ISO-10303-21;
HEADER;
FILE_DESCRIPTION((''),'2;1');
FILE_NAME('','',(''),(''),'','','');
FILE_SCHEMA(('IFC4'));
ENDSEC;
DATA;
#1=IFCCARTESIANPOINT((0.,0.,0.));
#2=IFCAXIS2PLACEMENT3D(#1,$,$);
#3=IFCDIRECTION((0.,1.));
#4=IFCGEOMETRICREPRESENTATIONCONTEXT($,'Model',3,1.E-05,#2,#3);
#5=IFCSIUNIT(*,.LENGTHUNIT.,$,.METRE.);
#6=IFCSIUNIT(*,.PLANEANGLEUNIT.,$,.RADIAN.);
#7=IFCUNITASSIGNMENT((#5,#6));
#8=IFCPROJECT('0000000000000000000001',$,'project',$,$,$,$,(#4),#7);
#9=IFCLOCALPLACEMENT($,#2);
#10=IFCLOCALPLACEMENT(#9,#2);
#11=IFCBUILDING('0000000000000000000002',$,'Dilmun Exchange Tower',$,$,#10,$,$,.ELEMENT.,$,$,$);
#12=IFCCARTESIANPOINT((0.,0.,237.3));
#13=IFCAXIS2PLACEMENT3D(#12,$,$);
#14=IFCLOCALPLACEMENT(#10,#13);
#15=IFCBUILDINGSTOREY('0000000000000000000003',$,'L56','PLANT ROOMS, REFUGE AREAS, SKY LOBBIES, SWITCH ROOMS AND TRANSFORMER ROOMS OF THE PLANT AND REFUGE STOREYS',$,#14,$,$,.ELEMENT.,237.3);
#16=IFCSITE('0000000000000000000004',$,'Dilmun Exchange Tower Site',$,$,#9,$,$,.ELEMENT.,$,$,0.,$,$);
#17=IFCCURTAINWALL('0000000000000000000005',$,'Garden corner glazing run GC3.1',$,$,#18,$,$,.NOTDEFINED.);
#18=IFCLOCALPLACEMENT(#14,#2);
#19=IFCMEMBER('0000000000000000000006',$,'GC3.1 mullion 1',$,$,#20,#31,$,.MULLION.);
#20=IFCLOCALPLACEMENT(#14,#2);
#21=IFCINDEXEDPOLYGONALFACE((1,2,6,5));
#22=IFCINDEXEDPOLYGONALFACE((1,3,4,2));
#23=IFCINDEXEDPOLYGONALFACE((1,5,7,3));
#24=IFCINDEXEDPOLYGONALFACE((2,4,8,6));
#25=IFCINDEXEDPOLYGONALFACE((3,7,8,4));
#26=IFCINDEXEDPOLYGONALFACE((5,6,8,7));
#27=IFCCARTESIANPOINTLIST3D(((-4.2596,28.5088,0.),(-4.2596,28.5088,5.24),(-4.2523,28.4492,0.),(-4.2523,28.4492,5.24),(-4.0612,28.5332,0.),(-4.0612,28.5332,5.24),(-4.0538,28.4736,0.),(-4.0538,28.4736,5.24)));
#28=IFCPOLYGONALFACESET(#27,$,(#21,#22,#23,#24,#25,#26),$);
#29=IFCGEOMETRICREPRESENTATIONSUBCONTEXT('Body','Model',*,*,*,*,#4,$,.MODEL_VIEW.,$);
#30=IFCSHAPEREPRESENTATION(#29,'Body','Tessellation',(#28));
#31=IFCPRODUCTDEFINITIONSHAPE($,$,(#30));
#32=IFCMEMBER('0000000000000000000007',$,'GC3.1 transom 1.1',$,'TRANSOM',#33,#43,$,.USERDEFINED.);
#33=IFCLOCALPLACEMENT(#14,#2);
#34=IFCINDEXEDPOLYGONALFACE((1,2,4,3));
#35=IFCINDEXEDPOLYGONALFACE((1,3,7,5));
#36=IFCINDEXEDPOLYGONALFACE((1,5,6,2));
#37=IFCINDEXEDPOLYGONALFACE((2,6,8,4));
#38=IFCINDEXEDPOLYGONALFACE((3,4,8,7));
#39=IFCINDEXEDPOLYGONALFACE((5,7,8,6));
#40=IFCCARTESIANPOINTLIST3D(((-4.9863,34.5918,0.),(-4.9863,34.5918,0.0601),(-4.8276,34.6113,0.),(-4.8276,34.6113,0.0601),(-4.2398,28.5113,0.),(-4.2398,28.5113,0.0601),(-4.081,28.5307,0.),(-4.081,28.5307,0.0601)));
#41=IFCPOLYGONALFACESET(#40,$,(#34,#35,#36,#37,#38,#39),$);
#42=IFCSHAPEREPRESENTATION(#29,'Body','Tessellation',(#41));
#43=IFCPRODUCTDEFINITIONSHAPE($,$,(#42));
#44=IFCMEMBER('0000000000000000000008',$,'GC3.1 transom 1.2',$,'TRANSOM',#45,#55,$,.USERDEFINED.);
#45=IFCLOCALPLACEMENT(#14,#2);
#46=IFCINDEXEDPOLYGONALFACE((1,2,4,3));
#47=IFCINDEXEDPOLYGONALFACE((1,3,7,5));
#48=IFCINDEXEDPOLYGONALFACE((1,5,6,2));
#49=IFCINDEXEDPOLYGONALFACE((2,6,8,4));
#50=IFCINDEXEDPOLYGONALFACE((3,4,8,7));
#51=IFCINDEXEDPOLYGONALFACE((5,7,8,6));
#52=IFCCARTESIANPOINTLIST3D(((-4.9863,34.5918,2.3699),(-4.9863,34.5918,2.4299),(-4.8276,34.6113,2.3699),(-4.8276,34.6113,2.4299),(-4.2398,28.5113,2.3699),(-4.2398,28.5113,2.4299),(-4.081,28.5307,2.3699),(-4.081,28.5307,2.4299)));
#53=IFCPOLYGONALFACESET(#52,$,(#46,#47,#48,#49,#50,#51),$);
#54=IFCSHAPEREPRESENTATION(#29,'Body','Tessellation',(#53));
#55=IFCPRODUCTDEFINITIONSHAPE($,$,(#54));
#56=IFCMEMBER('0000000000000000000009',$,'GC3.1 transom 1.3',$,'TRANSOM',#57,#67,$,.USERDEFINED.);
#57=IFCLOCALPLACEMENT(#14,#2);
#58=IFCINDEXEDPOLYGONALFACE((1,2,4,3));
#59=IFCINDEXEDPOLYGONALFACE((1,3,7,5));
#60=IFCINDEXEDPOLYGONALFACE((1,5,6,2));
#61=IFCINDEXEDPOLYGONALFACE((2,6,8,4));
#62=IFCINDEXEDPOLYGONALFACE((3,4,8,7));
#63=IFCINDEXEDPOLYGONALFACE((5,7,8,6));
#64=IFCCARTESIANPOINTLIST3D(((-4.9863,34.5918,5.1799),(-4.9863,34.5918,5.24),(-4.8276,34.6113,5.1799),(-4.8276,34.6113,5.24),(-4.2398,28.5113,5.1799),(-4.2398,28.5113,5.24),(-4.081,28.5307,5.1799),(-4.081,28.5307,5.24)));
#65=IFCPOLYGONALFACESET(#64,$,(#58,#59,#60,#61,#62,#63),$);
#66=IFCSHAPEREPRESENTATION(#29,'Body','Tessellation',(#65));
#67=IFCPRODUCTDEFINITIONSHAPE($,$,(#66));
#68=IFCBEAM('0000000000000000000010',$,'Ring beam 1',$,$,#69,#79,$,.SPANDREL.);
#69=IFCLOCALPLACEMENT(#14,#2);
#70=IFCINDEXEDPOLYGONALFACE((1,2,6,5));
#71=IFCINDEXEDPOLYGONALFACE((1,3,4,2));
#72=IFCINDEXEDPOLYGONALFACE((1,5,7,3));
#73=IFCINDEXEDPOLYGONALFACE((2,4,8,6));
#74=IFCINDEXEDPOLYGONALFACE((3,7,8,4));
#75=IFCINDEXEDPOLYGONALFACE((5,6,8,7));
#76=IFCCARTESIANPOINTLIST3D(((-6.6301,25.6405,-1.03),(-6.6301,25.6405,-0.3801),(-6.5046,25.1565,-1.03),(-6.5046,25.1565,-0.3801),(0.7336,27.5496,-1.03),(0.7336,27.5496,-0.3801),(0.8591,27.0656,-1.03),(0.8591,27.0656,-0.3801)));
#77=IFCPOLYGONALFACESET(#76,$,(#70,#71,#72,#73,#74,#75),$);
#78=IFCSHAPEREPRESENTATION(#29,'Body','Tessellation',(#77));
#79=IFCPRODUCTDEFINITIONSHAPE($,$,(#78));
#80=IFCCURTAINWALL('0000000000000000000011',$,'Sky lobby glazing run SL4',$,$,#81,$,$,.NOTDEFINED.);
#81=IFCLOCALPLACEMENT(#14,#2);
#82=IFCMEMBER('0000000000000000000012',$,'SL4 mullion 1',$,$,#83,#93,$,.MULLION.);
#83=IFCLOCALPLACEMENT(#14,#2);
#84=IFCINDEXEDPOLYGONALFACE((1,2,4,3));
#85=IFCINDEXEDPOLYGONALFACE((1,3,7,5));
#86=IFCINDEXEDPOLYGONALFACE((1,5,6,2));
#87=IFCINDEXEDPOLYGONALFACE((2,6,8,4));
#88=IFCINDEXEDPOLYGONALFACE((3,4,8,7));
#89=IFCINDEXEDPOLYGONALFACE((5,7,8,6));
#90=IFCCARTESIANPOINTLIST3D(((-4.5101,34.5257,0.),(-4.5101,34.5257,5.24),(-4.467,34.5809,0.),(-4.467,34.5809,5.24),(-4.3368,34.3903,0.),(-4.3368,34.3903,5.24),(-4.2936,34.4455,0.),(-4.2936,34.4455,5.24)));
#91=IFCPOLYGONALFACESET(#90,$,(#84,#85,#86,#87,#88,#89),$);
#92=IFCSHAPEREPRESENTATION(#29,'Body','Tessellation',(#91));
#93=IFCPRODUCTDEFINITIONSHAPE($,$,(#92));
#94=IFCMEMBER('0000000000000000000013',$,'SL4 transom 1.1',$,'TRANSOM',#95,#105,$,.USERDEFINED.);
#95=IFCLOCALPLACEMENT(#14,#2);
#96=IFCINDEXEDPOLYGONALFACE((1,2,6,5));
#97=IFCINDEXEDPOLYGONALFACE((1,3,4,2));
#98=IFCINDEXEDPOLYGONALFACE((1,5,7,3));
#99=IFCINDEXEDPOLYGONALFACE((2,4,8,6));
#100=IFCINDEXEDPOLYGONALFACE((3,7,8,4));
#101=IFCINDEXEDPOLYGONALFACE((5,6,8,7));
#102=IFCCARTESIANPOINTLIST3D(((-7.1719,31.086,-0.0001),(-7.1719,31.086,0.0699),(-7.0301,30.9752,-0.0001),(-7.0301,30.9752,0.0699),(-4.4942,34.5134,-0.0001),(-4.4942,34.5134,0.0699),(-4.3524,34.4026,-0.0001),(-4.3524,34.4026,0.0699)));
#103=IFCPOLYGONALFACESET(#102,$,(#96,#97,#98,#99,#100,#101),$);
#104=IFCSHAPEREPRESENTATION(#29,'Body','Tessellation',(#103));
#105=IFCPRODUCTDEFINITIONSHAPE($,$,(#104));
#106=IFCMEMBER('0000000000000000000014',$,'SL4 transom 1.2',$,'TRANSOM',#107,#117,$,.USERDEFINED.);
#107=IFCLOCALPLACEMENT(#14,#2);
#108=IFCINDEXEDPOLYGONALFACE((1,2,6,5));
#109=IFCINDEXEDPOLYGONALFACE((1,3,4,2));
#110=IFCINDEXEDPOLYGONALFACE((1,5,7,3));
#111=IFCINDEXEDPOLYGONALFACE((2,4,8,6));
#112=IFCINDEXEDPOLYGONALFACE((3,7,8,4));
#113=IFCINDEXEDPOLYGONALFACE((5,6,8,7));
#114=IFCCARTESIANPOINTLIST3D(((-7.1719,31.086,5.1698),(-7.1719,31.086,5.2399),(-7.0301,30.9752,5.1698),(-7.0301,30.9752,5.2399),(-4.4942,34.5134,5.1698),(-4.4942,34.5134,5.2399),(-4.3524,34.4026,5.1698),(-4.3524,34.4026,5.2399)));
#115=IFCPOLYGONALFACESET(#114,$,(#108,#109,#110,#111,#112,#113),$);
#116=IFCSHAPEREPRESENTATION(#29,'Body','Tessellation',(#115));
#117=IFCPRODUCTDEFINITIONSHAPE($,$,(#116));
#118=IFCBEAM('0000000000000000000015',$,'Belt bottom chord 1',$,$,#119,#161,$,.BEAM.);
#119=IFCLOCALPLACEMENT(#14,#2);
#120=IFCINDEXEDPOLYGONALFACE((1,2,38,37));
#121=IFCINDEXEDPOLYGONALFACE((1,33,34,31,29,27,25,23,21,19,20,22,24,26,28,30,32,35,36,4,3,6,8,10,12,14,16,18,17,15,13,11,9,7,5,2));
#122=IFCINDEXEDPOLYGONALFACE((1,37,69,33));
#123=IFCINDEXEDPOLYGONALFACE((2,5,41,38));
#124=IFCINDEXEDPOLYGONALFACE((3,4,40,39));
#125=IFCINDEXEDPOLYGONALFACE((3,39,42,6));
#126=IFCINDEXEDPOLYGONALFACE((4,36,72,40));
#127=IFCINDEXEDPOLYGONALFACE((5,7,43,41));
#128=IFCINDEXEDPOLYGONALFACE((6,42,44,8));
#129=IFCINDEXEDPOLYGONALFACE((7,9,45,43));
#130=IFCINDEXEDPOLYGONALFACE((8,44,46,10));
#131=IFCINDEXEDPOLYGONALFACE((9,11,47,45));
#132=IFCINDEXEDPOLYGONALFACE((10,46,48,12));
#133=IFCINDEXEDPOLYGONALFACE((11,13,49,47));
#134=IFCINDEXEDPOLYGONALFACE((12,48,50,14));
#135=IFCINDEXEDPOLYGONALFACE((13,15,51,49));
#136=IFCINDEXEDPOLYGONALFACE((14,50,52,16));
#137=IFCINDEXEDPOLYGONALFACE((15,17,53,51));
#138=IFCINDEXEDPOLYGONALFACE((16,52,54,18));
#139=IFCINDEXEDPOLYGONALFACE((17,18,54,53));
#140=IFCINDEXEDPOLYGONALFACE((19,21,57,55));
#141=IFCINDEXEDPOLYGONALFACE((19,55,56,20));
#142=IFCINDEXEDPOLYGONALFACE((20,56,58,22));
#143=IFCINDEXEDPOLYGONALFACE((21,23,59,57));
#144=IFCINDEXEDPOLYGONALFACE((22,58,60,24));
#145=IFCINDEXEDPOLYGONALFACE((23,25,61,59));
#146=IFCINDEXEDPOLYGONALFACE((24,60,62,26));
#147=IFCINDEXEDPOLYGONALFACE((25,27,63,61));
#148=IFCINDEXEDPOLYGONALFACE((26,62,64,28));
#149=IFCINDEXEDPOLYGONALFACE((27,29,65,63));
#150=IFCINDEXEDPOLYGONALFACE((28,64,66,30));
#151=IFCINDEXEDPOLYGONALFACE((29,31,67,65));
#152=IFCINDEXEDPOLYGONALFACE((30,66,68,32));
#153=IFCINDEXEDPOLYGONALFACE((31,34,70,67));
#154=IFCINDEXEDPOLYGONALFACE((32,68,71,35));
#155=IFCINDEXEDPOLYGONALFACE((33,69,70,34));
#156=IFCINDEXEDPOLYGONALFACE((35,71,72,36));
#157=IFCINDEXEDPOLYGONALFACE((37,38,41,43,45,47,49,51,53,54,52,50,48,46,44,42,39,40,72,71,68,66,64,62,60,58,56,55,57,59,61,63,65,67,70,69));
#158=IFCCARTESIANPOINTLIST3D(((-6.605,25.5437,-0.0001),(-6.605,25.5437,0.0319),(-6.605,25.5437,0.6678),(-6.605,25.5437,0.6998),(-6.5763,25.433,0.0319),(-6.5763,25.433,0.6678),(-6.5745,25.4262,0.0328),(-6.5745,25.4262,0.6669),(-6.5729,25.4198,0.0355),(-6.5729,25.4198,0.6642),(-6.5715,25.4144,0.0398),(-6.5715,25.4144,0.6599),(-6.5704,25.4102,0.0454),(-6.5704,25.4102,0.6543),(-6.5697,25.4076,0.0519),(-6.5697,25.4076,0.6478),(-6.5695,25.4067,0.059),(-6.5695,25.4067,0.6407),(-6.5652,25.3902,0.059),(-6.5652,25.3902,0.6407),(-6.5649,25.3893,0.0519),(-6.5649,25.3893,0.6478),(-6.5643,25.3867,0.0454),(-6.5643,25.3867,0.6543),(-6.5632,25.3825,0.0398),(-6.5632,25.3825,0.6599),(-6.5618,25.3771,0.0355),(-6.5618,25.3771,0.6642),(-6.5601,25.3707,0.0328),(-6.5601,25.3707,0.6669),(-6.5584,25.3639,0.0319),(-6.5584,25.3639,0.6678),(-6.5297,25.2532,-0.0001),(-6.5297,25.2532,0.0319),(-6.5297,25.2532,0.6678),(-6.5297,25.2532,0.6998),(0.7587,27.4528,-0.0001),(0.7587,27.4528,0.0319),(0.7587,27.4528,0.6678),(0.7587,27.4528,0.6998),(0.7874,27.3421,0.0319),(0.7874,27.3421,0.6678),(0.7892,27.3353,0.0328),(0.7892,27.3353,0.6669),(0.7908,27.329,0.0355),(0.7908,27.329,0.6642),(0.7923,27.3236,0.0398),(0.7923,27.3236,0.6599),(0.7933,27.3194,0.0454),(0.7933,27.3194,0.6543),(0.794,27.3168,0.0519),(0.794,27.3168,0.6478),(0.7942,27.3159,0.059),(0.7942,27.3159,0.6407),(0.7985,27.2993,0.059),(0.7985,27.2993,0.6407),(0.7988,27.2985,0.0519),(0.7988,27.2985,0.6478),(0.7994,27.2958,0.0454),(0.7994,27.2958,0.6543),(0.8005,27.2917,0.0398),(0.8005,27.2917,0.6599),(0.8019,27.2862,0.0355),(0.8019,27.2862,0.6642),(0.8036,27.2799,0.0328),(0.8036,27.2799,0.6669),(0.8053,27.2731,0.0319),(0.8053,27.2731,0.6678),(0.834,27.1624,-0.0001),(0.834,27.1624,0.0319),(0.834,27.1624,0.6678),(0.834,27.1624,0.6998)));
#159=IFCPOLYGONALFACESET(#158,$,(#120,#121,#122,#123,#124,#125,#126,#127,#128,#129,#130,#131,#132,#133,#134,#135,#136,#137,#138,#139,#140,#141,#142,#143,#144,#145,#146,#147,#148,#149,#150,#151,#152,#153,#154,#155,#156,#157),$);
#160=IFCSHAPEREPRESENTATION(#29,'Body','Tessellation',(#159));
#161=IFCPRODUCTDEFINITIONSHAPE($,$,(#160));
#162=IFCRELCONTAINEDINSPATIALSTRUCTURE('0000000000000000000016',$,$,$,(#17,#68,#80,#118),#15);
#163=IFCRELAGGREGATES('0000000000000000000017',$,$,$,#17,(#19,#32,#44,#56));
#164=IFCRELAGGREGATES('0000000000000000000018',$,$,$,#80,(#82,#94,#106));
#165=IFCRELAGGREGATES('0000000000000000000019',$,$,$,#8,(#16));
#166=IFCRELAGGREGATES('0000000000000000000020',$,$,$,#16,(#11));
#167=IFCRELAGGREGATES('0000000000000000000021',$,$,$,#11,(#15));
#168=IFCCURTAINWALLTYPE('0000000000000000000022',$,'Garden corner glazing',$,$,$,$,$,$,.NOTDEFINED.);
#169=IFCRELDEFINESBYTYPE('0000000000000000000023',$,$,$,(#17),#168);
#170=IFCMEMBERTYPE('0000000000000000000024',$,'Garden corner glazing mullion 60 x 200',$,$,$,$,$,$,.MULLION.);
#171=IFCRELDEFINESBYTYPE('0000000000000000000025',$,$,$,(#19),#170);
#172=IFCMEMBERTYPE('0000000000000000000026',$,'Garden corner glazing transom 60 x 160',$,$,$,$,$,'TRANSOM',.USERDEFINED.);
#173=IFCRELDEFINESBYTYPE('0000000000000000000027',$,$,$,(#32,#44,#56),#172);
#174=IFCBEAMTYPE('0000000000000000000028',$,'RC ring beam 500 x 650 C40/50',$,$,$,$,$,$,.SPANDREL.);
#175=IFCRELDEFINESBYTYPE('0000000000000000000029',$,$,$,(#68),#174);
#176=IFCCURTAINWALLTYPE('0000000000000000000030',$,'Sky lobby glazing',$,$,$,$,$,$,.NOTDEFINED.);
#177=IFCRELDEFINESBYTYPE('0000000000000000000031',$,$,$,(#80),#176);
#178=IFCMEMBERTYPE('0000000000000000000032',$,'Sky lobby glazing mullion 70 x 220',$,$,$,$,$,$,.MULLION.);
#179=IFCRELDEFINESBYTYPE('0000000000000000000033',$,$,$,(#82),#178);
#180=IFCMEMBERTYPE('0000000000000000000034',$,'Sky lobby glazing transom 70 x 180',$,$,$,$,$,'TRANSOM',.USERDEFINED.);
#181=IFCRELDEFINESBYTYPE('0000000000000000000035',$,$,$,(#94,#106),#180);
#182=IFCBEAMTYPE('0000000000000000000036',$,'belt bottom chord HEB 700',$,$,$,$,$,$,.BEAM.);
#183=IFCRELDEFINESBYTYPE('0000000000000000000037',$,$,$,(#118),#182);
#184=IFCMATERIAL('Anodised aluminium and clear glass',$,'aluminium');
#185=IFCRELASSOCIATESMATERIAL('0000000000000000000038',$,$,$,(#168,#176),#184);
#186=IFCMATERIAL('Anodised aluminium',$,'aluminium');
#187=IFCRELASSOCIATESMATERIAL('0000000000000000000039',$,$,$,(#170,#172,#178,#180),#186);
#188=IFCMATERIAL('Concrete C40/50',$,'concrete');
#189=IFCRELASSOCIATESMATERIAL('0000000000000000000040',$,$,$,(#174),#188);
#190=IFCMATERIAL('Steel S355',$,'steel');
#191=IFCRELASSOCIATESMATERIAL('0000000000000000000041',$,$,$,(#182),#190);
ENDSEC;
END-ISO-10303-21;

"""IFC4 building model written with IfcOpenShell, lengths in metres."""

from ifc_helpers import new_model, si_unit, direction, frame, origin, origin_2d, place, context, subcontext, project, spatial, rectangle, i_section, extrude, material, material_profile, profile_set, type_object, element, aggregate, save


model = new_model("IFC4")

# Units and contexts
model_context = context("Model", 3, precision=1e-05, world=origin(), true_north=direction((0.0, 1.0)))
body_context = subcontext(model_context, "Body", "Model", "MODEL_VIEW")
ifc_project = project(units=[si_unit("LENGTHUNIT", "METRE"), si_unit("PLANEANGLEUNIT", "RADIAN")], contexts=[model_context])

# Site, building, storey
site_placement = place(None, origin())
site = spatial("IfcSite", under=ifc_project, at=site_placement, Name="Dilmun Exchange Tower Site", CompositionType="ELEMENT", RefElevation=0.0)
building_placement = place(site_placement, origin())
building = spatial("IfcBuilding", under=site, at=building_placement, Name="Dilmun Exchange Tower", CompositionType="ELEMENT")
storey_placement = place(building_placement, frame((0.0, 0.0, 237.3)))
storey = spatial("IfcBuildingStorey", under=building, at=storey_placement, Name="L56", Description="PLANT ROOMS, REFUGE AREAS, SKY LOBBIES, SWITCH ROOMS AND TRANSFORMER ROOMS OF THE PLANT AND REFUGE STOREYS", CompositionType="ELEMENT", Elevation=237.3)

# Curtain wall, members
ifc_material_1 = material(Name="Anodised aluminium and clear glass", Category="aluminium")
curtain_wall_type_1 = type_object("IfcCurtainWallType", Name="Garden corner glazing", PredefinedType="NOTDEFINED", material=ifc_material_1)
curtain_wall_1_placement = place(storey_placement, origin())
curtain_wall_1 = element("IfcCurtainWall", 1, at=curtain_wall_1_placement, inside=storey, type_object=curtain_wall_type_1, Name="Garden corner glazing run GC3.1", PredefinedType="NOTDEFINED")
ifc_material_2 = material(Name="Anodised aluminium", Category="aluminium")
ifc_material_profile_1 = material_profile(ifc_material_2, rectangle(XDim=0.2, YDim=0.0601, at=origin_2d()), Name="AL 60x200")
ifc_profile_set_1 = profile_set([ifc_material_profile_1], Name="Anodised aluminium")
member_type_1 = type_object("IfcMemberType", Name="Garden corner glazing mullion 60 x 200", PredefinedType="MULLION", material=ifc_profile_set_1)
member_1_placement = place(storey_placement, frame((-4.1567, 28.4912, 0.0), z_axis=(0.0, 0.0, 1.0), x_axis=(-0.992547, -0.121863, 0.0)))
member_1 = element("IfcMember", 2, at=member_1_placement, type_object=member_type_1, Name="GC3.1 mullion 1", PredefinedType="MULLION", context=body_context, shape_type="SweptSolid", body=[
    extrude(rectangle(XDim=0.2, YDim=0.0601, at=origin_2d()), origin(), (0.0, 0.0, 1.0), 5.24),
])
ifc_material_profile_2 = material_profile(ifc_material_2, rectangle(XDim=0.1599, YDim=0.0601, at=origin_2d()), Name="AL 60x160")
ifc_profile_set_2 = profile_set([ifc_material_profile_2], Name="Anodised aluminium")
member_type_2 = type_object("IfcMemberType", Name="Garden corner glazing transom 60 x 160", ElementType="TRANSOM", PredefinedType="USERDEFINED", material=ifc_profile_set_2)
member_2_placement = place(storey_placement, frame((-4.1604, 28.521, 0.03), z_axis=(-0.121867, 0.992547, 0.0), x_axis=(-0.992547, -0.121867, 0.0)))
member_2 = element("IfcMember", 3, at=member_2_placement, type_object=member_type_2, Name="GC3.1 transom 1.1", ObjectType="TRANSOM", PredefinedType="USERDEFINED", context=body_context, shape_type="SweptSolid", body=[
    extrude(rectangle(XDim=0.1599, YDim=0.0601, at=origin_2d()), origin(), (0.0, 0.0, 1.0), 6.1262),
])
member_3_placement = place(storey_placement, frame((-4.1604, 28.521, 2.3999), z_axis=(-0.121867, 0.992547, 0.0), x_axis=(-0.992547, -0.121867, 0.0)))
member_3 = element("IfcMember", 4, at=member_3_placement, type_object=member_type_2, Name="GC3.1 transom 1.2", ObjectType="TRANSOM", PredefinedType="USERDEFINED", context=body_context, shape_type="SweptSolid", body=[
    extrude(rectangle(XDim=0.1599, YDim=0.0601, at=origin_2d()), origin(), (0.0, 0.0, 1.0), 6.1262),
])
member_4_placement = place(storey_placement, frame((-4.1604, 28.521, 5.21), z_axis=(-0.121867, 0.992547, 0.0), x_axis=(-0.992547, -0.121867, 0.0)))
member_4 = element("IfcMember", 5, at=member_4_placement, type_object=member_type_2, Name="GC3.1 transom 1.3", ObjectType="TRANSOM", PredefinedType="USERDEFINED", context=body_context, shape_type="SweptSolid", body=[
    extrude(rectangle(XDim=0.1599, YDim=0.0601, at=origin_2d()), origin(), (0.0, 0.0, 1.0), 6.1262),
])
aggregate(curtain_wall_1, [member_1, member_2, member_3, member_4])

# Beam
ifc_material_3 = material(Name="Concrete C40/50", Category="concrete")
ifc_material_profile_3 = material_profile(ifc_material_3, rectangle(XDim=0.5, YDim=0.6499, at=origin_2d()), Name="500 x 650")
ifc_profile_set_3 = profile_set([ifc_material_profile_3], Name="Concrete C40/50")
beam_type_1 = type_object("IfcBeamType", Name="RC ring beam 500 x 650 C40/50", PredefinedType="SPANDREL", material=ifc_profile_set_3)
beam_1_placement = place(storey_placement, frame((0.7964, 27.3076, -0.7051), z_axis=(-0.967995, -0.250969, 0.0), x_axis=(0.250969, -0.967995, 0.0)))
element("IfcBeam", 6, at=beam_1_placement, inside=storey, type_object=beam_type_1, Name="Ring beam 1", PredefinedType="SPANDREL", context=body_context, shape_type="SweptSolid", body=[
    extrude(rectangle(XDim=0.5, YDim=0.6499, at=origin_2d()), origin(), (0.0, 0.0, 1.0), 7.6072),
])

# Curtain wall, members
curtain_wall_type_2 = type_object("IfcCurtainWallType", Name="Sky lobby glazing", PredefinedType="NOTDEFINED", material=ifc_material_1)
curtain_wall_2_placement = place(storey_placement, origin())
curtain_wall_2 = element("IfcCurtainWall", 7, at=curtain_wall_2_placement, inside=storey, type_object=curtain_wall_type_2, Name="Sky lobby glazing run SL4", PredefinedType="NOTDEFINED")
ifc_material_profile_4 = material_profile(ifc_material_2, rectangle(XDim=0.22, YDim=0.0701, at=origin_2d()), Name="AL 70x220")
ifc_profile_set_4 = profile_set([ifc_material_profile_4], Name="Anodised aluminium")
member_type_3 = type_object("IfcMemberType", Name="Sky lobby glazing mullion 70 x 220", PredefinedType="MULLION", material=ifc_profile_set_4)
member_5_placement = place(storey_placement, frame((-4.4019, 34.4856, 0.0), z_axis=(0.0, 0.0, 1.0), x_axis=(0.788011, -0.615662, 0.0)))
member_5 = element("IfcMember", 8, at=member_5_placement, type_object=member_type_3, Name="SL4 mullion 1", PredefinedType="MULLION", context=body_context, shape_type="SweptSolid", body=[
    extrude(rectangle(XDim=0.22, YDim=0.0701, at=origin_2d()), origin(), (0.0, 0.0, 1.0), 5.24),
])
ifc_material_profile_5 = material_profile(ifc_material_2, rectangle(XDim=0.1799, YDim=0.0701, at=origin_2d()), Name="AL 70x180")
ifc_profile_set_5 = profile_set([ifc_material_profile_5], Name="Anodised aluminium")
member_type_4 = type_object("IfcMemberType", Name="Sky lobby glazing transom 70 x 180", ElementType="TRANSOM", PredefinedType="USERDEFINED", material=ifc_profile_set_5)
member_6_placement = place(storey_placement, frame((-4.4233, 34.458, 0.0349), z_axis=(-0.615645, -0.788024, 0.0), x_axis=(0.788024, -0.615645, 0.0)))
member_6 = element("IfcMember", 9, at=member_6_placement, type_object=member_type_4, Name="SL4 transom 1.1", ObjectType="TRANSOM", PredefinedType="USERDEFINED", context=body_context, shape_type="SweptSolid", body=[
    extrude(rectangle(XDim=0.1799, YDim=0.0701, at=origin_2d()), origin(), (0.0, 0.0, 1.0), 4.3494),
])
member_7_placement = place(storey_placement, frame((-4.4233, 34.458, 5.2048), z_axis=(-0.615645, -0.788024, 0.0), x_axis=(0.788024, -0.615645, 0.0)))
member_7 = element("IfcMember", 10, at=member_7_placement, type_object=member_type_4, Name="SL4 transom 1.2", ObjectType="TRANSOM", PredefinedType="USERDEFINED", context=body_context, shape_type="SweptSolid", body=[
    extrude(rectangle(XDim=0.1799, YDim=0.0701, at=origin_2d()), origin(), (0.0, 0.0, 1.0), 4.3494),
])
aggregate(curtain_wall_2, [member_5, member_6, member_7])

# Beam
ifc_material_4 = material(Name="Steel S355", Category="steel")
ifc_material_profile_6 = material_profile(ifc_material_4, i_section(OverallWidth=0.3, OverallDepth=0.7, WebThickness=0.0171, FlangeThickness=0.032, FilletRadius=0.0271, at=origin_2d()), Name="HEB 700")
ifc_profile_set_6 = profile_set([ifc_material_profile_6], Name="Steel S355")
beam_type_2 = type_object("IfcBeamType", Name="belt bottom chord HEB 700", PredefinedType="BEAM", material=ifc_profile_set_6)
beam_2_placement = place(storey_placement, frame((0.7964, 27.3076, 0.3499), z_axis=(-0.967995, -0.250969, 0.0), x_axis=(0.250969, -0.967995, 0.0)))
element("IfcBeam", 11, at=beam_2_placement, inside=storey, type_object=beam_type_2, Name="Belt bottom chord 1", PredefinedType="BEAM", context=body_context, shape_type="SweptSolid", body=[
    extrude(i_section(OverallWidth=0.3, OverallDepth=0.7, WebThickness=0.0171, FlangeThickness=0.032, FilletRadius=0.0271, at=origin_2d()), origin(), (0.0, 0.0, 1.0), 7.6072),
])

save(model, "model.ifc")
